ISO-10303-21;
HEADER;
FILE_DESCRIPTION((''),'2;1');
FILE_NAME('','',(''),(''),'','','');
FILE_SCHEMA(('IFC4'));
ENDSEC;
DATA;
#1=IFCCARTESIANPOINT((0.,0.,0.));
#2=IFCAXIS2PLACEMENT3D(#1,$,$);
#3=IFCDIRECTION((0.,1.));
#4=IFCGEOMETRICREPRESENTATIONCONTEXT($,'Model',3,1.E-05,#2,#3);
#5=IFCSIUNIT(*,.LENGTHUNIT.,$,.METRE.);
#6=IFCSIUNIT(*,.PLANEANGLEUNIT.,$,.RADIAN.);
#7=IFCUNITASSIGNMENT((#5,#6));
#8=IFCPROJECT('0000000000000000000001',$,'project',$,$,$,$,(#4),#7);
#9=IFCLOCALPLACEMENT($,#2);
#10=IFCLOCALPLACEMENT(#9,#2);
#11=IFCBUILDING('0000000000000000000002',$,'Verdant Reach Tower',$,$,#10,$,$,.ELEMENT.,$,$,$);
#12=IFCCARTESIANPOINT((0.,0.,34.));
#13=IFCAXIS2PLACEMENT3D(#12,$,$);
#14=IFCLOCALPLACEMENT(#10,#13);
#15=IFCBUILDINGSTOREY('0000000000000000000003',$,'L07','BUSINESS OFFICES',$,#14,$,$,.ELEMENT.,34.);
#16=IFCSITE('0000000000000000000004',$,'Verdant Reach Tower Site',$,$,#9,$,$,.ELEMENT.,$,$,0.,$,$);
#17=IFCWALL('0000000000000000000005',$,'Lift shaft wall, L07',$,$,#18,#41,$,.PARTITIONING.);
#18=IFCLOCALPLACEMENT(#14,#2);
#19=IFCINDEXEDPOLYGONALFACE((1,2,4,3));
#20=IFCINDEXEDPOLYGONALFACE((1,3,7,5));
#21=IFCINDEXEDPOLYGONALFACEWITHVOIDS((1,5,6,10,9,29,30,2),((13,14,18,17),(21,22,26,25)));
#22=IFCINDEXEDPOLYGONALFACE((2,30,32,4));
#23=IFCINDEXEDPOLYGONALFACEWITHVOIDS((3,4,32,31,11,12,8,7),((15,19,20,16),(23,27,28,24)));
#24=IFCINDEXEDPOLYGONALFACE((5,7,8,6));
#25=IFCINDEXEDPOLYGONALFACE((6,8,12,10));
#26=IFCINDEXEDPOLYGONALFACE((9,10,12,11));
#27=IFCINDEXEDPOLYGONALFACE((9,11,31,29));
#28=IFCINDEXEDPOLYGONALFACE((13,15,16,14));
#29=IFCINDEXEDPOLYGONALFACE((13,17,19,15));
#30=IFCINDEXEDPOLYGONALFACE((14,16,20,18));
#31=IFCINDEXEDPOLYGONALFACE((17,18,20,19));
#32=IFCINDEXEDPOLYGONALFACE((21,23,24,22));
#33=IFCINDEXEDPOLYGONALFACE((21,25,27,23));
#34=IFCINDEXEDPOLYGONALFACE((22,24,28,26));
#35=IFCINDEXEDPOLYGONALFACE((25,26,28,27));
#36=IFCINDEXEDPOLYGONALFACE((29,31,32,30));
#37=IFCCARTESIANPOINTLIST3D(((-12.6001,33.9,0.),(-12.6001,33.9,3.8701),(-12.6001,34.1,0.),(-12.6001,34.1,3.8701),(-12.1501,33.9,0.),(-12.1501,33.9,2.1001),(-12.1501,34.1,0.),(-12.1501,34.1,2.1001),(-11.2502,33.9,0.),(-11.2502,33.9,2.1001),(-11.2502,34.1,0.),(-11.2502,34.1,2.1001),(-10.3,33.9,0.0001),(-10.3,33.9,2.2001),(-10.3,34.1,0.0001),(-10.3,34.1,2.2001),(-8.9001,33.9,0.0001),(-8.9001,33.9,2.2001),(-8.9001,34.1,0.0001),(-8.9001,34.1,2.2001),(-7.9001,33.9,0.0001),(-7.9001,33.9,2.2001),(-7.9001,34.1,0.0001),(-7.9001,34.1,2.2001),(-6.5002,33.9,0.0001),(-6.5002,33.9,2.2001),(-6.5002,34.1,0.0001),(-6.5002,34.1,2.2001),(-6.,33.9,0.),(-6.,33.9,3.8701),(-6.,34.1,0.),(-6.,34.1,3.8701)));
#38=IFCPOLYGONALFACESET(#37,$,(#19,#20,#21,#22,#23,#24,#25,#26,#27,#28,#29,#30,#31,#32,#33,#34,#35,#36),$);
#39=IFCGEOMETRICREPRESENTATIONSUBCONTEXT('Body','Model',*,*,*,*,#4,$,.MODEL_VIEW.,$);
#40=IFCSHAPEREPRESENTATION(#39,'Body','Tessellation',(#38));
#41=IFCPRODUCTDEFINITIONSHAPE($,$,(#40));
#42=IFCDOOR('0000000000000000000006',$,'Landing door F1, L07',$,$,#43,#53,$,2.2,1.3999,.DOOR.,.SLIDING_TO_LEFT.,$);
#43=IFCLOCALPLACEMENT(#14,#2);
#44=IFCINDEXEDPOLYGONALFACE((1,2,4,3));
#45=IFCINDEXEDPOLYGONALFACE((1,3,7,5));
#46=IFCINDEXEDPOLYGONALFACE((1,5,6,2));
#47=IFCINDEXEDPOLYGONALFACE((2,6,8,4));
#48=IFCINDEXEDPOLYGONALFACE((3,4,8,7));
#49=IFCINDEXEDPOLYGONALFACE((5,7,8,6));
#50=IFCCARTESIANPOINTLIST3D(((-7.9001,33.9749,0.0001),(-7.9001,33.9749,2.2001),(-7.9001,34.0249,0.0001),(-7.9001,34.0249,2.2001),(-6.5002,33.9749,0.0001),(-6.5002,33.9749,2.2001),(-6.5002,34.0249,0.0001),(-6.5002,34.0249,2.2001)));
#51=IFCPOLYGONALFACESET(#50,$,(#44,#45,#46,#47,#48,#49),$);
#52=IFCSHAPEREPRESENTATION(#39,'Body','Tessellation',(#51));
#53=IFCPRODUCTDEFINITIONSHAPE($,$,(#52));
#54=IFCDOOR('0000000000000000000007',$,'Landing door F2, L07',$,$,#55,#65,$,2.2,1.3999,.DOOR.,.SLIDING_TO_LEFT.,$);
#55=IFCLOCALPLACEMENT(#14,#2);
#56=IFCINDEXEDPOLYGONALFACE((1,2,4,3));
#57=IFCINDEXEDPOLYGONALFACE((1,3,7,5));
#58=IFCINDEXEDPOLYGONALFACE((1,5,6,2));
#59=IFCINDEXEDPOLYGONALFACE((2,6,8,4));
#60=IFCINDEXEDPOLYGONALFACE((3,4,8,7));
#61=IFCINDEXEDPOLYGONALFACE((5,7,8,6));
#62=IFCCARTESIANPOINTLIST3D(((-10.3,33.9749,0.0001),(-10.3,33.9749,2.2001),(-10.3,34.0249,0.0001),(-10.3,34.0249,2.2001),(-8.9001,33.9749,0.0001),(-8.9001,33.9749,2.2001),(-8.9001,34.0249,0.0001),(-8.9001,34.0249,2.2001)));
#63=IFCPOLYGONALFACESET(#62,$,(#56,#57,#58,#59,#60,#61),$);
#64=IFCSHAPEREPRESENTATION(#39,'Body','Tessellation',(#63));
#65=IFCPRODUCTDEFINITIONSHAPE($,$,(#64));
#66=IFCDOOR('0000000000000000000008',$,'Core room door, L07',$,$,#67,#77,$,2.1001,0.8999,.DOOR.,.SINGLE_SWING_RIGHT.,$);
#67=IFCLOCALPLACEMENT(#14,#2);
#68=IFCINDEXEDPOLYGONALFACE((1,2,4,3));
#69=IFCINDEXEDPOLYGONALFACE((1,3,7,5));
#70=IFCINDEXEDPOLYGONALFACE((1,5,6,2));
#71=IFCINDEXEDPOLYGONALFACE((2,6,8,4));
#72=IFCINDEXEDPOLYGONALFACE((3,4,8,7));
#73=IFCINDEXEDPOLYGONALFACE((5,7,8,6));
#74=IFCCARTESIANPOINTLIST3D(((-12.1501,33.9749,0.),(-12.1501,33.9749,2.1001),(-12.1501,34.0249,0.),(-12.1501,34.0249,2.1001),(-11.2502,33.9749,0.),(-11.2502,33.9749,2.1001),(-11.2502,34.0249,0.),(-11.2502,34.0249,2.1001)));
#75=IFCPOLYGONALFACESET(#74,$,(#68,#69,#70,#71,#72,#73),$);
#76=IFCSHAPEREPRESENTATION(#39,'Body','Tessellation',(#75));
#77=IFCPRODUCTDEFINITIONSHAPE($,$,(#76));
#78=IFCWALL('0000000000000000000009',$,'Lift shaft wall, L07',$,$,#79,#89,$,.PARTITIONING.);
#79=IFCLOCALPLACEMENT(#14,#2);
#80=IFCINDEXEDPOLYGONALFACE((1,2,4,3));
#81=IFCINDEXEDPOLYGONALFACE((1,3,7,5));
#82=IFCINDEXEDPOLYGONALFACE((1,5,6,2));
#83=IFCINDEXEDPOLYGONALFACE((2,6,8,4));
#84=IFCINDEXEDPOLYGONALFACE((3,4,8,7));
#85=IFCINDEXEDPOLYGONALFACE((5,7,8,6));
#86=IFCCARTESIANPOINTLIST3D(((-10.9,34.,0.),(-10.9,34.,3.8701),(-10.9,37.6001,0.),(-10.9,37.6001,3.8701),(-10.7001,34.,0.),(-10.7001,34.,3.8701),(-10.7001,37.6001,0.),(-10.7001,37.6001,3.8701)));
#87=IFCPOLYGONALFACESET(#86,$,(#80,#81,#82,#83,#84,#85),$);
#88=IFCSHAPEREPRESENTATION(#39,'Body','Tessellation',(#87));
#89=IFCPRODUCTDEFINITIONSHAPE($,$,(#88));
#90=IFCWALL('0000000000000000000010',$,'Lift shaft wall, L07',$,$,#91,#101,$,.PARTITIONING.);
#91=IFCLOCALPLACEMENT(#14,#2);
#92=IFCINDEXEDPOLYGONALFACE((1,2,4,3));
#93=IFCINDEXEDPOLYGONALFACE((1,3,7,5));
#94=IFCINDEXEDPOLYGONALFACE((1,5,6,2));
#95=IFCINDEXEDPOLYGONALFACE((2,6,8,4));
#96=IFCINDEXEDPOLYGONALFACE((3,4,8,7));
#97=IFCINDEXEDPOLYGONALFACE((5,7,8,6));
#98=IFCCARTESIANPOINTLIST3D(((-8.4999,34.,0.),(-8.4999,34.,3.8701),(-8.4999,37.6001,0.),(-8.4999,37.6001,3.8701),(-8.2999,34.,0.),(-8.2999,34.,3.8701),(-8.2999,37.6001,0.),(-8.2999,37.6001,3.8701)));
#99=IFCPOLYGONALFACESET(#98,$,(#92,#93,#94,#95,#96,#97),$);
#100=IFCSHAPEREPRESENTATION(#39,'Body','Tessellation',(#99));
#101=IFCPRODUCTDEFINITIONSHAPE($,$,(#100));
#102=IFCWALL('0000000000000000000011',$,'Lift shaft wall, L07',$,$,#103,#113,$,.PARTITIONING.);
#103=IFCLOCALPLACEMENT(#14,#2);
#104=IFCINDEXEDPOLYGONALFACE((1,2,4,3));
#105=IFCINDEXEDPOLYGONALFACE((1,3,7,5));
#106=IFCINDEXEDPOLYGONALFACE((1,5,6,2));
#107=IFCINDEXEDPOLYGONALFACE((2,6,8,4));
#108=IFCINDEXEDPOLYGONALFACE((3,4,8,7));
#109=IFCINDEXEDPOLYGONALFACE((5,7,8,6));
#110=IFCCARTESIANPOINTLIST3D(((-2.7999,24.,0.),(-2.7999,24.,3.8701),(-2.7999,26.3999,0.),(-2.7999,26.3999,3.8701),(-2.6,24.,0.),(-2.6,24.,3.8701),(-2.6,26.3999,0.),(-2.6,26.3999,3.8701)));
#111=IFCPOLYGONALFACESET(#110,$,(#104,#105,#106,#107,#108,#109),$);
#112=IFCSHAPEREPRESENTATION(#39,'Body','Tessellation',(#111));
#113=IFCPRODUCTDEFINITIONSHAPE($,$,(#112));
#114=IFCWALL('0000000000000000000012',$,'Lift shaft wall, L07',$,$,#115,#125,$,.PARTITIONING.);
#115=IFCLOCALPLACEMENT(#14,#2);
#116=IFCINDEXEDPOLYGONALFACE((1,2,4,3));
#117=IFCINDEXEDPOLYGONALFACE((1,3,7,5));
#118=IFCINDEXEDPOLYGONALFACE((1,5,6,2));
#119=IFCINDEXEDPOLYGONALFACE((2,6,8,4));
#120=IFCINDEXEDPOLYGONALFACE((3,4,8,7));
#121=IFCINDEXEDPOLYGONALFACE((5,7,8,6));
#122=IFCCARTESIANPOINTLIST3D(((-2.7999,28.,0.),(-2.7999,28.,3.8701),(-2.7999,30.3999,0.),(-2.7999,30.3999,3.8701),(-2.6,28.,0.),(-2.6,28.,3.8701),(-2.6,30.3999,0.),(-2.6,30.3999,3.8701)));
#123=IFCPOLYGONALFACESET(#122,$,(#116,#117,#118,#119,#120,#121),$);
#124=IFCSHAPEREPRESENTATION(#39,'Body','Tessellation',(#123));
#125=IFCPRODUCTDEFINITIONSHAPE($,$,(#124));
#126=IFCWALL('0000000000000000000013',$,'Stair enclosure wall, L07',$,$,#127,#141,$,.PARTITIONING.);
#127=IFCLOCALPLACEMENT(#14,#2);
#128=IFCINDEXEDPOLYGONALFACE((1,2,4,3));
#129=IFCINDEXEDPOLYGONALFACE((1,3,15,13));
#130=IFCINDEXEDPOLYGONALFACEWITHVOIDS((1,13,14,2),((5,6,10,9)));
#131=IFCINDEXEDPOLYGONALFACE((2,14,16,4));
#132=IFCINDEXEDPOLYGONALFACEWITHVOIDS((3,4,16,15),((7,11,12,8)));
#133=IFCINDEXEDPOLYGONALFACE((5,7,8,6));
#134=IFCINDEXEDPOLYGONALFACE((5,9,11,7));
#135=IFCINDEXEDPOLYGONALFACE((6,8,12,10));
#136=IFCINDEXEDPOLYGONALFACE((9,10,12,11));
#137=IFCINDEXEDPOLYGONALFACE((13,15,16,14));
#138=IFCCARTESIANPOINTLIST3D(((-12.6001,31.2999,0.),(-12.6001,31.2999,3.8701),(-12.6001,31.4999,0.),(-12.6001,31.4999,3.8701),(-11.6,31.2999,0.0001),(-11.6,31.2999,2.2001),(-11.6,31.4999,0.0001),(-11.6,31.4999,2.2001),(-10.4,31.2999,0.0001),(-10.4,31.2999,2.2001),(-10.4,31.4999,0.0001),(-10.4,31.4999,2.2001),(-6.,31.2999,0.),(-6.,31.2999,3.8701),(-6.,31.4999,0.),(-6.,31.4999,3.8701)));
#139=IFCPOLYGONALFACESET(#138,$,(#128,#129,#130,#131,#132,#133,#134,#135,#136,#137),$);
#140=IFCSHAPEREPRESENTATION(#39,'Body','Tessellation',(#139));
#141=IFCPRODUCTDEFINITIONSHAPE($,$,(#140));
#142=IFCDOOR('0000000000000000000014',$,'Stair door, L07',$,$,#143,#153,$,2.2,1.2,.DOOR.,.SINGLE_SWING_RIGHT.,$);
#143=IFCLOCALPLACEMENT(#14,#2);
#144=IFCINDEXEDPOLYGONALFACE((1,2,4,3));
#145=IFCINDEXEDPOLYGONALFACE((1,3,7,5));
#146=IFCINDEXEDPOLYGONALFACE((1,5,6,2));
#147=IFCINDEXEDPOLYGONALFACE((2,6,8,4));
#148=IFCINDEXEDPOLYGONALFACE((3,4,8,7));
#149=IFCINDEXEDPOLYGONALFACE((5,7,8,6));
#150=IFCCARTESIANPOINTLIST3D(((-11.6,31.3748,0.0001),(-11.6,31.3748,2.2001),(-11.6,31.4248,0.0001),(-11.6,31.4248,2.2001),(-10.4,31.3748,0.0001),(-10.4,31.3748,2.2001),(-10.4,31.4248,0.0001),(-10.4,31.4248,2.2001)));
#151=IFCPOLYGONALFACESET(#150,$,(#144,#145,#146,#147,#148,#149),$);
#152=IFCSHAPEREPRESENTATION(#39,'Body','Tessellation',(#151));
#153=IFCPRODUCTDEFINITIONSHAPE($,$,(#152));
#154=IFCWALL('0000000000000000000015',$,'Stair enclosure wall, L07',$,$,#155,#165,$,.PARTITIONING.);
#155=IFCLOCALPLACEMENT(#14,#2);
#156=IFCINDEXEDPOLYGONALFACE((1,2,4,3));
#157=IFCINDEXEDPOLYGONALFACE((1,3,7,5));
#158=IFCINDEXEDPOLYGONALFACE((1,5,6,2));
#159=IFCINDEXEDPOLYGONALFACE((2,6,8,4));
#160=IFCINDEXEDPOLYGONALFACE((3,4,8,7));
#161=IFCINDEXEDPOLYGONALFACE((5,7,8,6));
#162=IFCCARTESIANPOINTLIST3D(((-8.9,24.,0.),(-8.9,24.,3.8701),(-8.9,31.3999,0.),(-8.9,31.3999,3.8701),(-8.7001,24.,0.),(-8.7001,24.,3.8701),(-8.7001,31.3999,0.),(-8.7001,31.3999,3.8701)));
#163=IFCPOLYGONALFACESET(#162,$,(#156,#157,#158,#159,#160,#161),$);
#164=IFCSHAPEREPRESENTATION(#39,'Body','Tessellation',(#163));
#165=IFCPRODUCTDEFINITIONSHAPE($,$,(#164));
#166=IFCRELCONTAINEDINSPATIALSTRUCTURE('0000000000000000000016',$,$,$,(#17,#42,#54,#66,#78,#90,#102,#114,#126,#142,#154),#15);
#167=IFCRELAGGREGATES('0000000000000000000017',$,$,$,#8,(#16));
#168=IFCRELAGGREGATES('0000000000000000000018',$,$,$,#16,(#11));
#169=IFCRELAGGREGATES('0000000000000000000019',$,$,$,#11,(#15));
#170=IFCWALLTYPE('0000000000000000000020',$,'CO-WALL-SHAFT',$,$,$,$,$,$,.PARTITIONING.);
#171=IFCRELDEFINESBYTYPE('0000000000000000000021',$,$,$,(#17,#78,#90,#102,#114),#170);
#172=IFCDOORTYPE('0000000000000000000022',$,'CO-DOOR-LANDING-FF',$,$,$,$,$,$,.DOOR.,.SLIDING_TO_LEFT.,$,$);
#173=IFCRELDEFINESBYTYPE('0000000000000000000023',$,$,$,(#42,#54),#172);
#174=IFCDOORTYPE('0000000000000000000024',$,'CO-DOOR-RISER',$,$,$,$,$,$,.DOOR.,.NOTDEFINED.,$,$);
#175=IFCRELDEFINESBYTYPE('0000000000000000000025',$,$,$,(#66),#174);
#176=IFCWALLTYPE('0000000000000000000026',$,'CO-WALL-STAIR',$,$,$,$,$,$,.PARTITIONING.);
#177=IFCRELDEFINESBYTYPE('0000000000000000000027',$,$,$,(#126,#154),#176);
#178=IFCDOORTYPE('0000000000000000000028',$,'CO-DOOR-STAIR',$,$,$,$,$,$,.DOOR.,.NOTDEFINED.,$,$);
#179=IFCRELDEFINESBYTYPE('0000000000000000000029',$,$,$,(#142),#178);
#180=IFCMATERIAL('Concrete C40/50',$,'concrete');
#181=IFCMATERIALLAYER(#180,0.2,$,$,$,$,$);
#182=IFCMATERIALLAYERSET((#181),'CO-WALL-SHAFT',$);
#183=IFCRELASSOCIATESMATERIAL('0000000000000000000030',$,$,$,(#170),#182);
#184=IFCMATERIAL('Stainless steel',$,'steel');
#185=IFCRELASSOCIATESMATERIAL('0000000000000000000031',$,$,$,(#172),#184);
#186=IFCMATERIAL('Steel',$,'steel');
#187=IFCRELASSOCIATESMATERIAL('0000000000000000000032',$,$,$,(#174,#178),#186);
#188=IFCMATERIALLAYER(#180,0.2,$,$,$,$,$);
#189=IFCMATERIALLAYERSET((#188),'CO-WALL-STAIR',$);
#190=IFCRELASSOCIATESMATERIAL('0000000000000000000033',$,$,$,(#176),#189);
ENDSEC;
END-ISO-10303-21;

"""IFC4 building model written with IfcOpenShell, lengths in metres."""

from ifc_helpers import new_model, si_unit, direction, frame, frame_2d, origin, place, context, subcontext, project, spatial, rectangle, extrude, material, layer, layer_set, type_object, element, fill, save


model = new_model("IFC4")

# Units and contexts
model_context = context("Model", 3, precision=1e-05, world=origin(), true_north=direction((0.0, 1.0)))
body_context = subcontext(model_context, "Body", "Model", "MODEL_VIEW")
ifc_project = project(units=[si_unit("LENGTHUNIT", "METRE"), si_unit("PLANEANGLEUNIT", "RADIAN")], contexts=[model_context])

# Site, building, storey
site_placement = place(None, origin())
site = spatial("IfcSite", under=ifc_project, at=site_placement, Name="Verdant Reach Tower Site", CompositionType="ELEMENT", RefElevation=0.0)
building_placement = place(site_placement, origin())
building = spatial("IfcBuilding", under=site, at=building_placement, Name="Verdant Reach Tower", CompositionType="ELEMENT")
storey_placement = place(building_placement, frame((0.0, 0.0, 34.0)))
storey = spatial("IfcBuildingStorey", under=building, at=storey_placement, Name="L07", Description="BUSINESS OFFICES", CompositionType="ELEMENT", Elevation=34.0)

# Shared definitions
ifc_material_1 = material(Name="Concrete C40/50", Category="concrete")
ifc_layer_1 = layer(ifc_material_1, 0.2)
ifc_layer_set_1 = layer_set([ifc_layer_1], Name="CO-WALL-SHAFT")
wall_type_1 = type_object("IfcWallType", Name="CO-WALL-SHAFT", PredefinedType="PARTITIONING", material=ifc_layer_set_1)
ifc_material_2 = material(Name="Stainless steel", Category="steel")

# Wall, openings, doors
wall_1_placement = place(storey_placement, frame((-12.6001, 34.0, 0.0), z_axis=(0.0, 0.0, 1.0), x_axis=(1.0, 0.0, 0.0)))
wall_1 = element("IfcWall", 1, at=wall_1_placement, inside=storey, type_object=wall_type_1, Name="Lift shaft wall, L07", PredefinedType="PARTITIONING", context=body_context, shape_type="SweptSolid", body=[
    extrude(rectangle(XDim=6.6001, YDim=0.2, at=frame_2d((3.3, 0.0))), origin(), (0.0, 0.0, 1.0), 3.8701),
])
opening_1_placement = place(wall_1_placement, frame((4.7, 0.0, 0.0)))
opening_1 = element("IfcOpeningElement", 2, at=opening_1_placement, cuts=wall_1, PredefinedType="OPENING", context=body_context, shape_type="SweptSolid", body=[
    extrude(rectangle(XDim=1.3999, YDim=2.2, at=frame_2d((0.7, 1.1001))), frame((0.0, 0.1099, 0.0), z_axis=(0.0, -1.0, 0.0), x_axis=(1.0, 0.0, 0.0)), (0.0, 0.0, 1.0), 0.22),
])
opening_2_placement = place(wall_1_placement, frame((2.3, 0.0, 0.0)))
opening_2 = element("IfcOpeningElement", 3, at=opening_2_placement, cuts=wall_1, PredefinedType="OPENING", context=body_context, shape_type="SweptSolid", body=[
    extrude(rectangle(XDim=1.3999, YDim=2.2, at=frame_2d((0.7, 1.1001))), frame((0.0, 0.1099, 0.0), z_axis=(0.0, -1.0, 0.0), x_axis=(1.0, 0.0, 0.0)), (0.0, 0.0, 1.0), 0.22),
])
opening_3_placement = place(wall_1_placement, frame((0.45, 0.0, 0.0)))
opening_3 = element("IfcOpeningElement", 4, at=opening_3_placement, cuts=wall_1, PredefinedType="OPENING", context=body_context, shape_type="SweptSolid", body=[
    extrude(rectangle(XDim=0.8999, YDim=2.1001, at=frame_2d((0.45, 1.05))), frame((0.0, 0.1099, 0.0), z_axis=(0.0, -1.0, 0.0), x_axis=(1.0, 0.0, 0.0)), (0.0, 0.0, 1.0), 0.22),
])
door_type_1 = type_object("IfcDoorType", Name="CO-DOOR-LANDING-FF", OperationType="SLIDING_TO_LEFT", PredefinedType="DOOR", material=ifc_material_2)
door_1_placement = place(opening_1_placement, origin())
door_1 = element("IfcDoor", 5, at=door_1_placement, inside=storey, type_object=door_type_1, Name="Landing door F1, L07", OperationType="SLIDING_TO_LEFT", OverallHeight=2.2, OverallWidth=1.3999, PredefinedType="DOOR", context=body_context, shape_type="SweptSolid", body=[
    extrude(rectangle(XDim=1.3999, YDim=2.2, at=frame_2d((0.7, 1.1001))), frame((0.0, 0.0249, 0.0), z_axis=(0.0, -1.0, 0.0), x_axis=(1.0, 0.0, 0.0)), (0.0, 0.0, 1.0), 0.05),
])
fill(opening_1, door_1)
door_2_placement = place(opening_2_placement, origin())
door_2 = element("IfcDoor", 6, at=door_2_placement, inside=storey, type_object=door_type_1, Name="Landing door F2, L07", OperationType="SLIDING_TO_LEFT", OverallHeight=2.2, OverallWidth=1.3999, PredefinedType="DOOR", context=body_context, shape_type="SweptSolid", body=[
    extrude(rectangle(XDim=1.3999, YDim=2.2, at=frame_2d((0.7, 1.1001))), frame((0.0, 0.0249, 0.0), z_axis=(0.0, -1.0, 0.0), x_axis=(1.0, 0.0, 0.0)), (0.0, 0.0, 1.0), 0.05),
])
fill(opening_2, door_2)
ifc_material_3 = material(Name="Steel", Category="steel")
door_type_2 = type_object("IfcDoorType", Name="CO-DOOR-RISER", OperationType="NOTDEFINED", PredefinedType="DOOR", material=ifc_material_3)
door_3_placement = place(opening_3_placement, origin())
door_3 = element("IfcDoor", 7, at=door_3_placement, inside=storey, type_object=door_type_2, Name="Core room door, L07", OperationType="SINGLE_SWING_RIGHT", OverallHeight=2.1001, OverallWidth=0.8999, PredefinedType="DOOR", context=body_context, shape_type="SweptSolid", body=[
    extrude(rectangle(XDim=0.8999, YDim=2.1001, at=frame_2d((0.45, 1.05))), frame((0.0, 0.0249, 0.0), z_axis=(0.0, -1.0, 0.0), x_axis=(1.0, 0.0, 0.0)), (0.0, 0.0, 1.0), 0.05),
])
fill(opening_3, door_3)

# Walls
for number, where, z_axis, x_axis, name in (
    (8, (-10.8, 34.0, 0.0), (0.0, 0.0, 1.0), (0.0, 1.0, 0.0), "Lift shaft wall, L07"),
    (9, (-8.3999, 34.0, 0.0), (0.0, 0.0, 1.0), (0.0, 1.0, 0.0), "Lift shaft wall, L07"),
):
    element("IfcWall", number, at=place(storey_placement, frame(where, z_axis=z_axis, x_axis=x_axis)), inside=storey, type_object=wall_type_1, Name=name, PredefinedType="PARTITIONING", context=body_context, shape_type="SweptSolid", body=[
        extrude(rectangle(XDim=3.6001, YDim=0.2, at=frame_2d((1.8, 0.0))), origin(), (0.0, 0.0, 1.0), 3.8701),
    ])
for number, where, z_axis, x_axis, name in (
    (10, (-2.7, 24.0, 0.0), (0.0, 0.0, 1.0), (0.0, 1.0, 0.0), "Lift shaft wall, L07"),
    (11, (-2.7, 28.0, 0.0), (0.0, 0.0, 1.0), (0.0, 1.0, 0.0), "Lift shaft wall, L07"),
):
    element("IfcWall", number, at=place(storey_placement, frame(where, z_axis=z_axis, x_axis=x_axis)), inside=storey, type_object=wall_type_1, Name=name, PredefinedType="PARTITIONING", context=body_context, shape_type="SweptSolid", body=[
        extrude(rectangle(XDim=2.3999, YDim=0.2, at=frame_2d((1.2, 0.0))), origin(), (0.0, 0.0, 1.0), 3.8701),
    ])

# Wall, opening, door
ifc_layer_2 = layer(ifc_material_1, 0.2)
ifc_layer_set_2 = layer_set([ifc_layer_2], Name="CO-WALL-STAIR")
wall_type_2 = type_object("IfcWallType", Name="CO-WALL-STAIR", PredefinedType="PARTITIONING", material=ifc_layer_set_2)
wall_2_placement = place(storey_placement, frame((-12.6001, 31.3999, 0.0), z_axis=(0.0, 0.0, 1.0), x_axis=(1.0, 0.0, 0.0)))
wall_2 = element("IfcWall", 12, at=wall_2_placement, inside=storey, type_object=wall_type_2, Name="Stair enclosure wall, L07", PredefinedType="PARTITIONING", context=body_context, shape_type="SweptSolid", body=[
    extrude(rectangle(XDim=6.6001, YDim=0.2, at=frame_2d((3.3, 0.0))), origin(), (0.0, 0.0, 1.0), 3.8701),
])
opening_4_placement = place(wall_2_placement, frame((1.0, 0.0, 0.0)))
opening_4 = element("IfcOpeningElement", 13, at=opening_4_placement, cuts=wall_2, PredefinedType="OPENING", context=body_context, shape_type="SweptSolid", body=[
    extrude(rectangle(XDim=1.2, YDim=2.2, at=frame_2d((0.6001, 1.1001))), frame((0.0, 0.1099, 0.0), z_axis=(0.0, -1.0, 0.0), x_axis=(1.0, 0.0, 0.0)), (0.0, 0.0, 1.0), 0.22),
])
door_type_3 = type_object("IfcDoorType", Name="CO-DOOR-STAIR", OperationType="NOTDEFINED", PredefinedType="DOOR", material=ifc_material_3)
door_4_placement = place(opening_4_placement, origin())
door_4 = element("IfcDoor", 14, at=door_4_placement, inside=storey, type_object=door_type_3, Name="Stair door, L07", OperationType="SINGLE_SWING_RIGHT", OverallHeight=2.2, OverallWidth=1.2, PredefinedType="DOOR", context=body_context, shape_type="SweptSolid", body=[
    extrude(rectangle(XDim=1.2, YDim=2.2, at=frame_2d((0.6001, 1.1001))), frame((0.0, 0.0249, 0.0), z_axis=(0.0, -1.0, 0.0), x_axis=(1.0, 0.0, 0.0)), (0.0, 0.0, 1.0), 0.05),
])
fill(opening_4, door_4)

# Wall
wall_3_placement = place(storey_placement, frame((-8.8, 24.0, 0.0), z_axis=(0.0, 0.0, 1.0), x_axis=(0.0, 1.0, 0.0)))
element("IfcWall", 15, at=wall_3_placement, inside=storey, type_object=wall_type_2, Name="Stair enclosure wall, L07", PredefinedType="PARTITIONING", context=body_context, shape_type="SweptSolid", body=[
    extrude(rectangle(XDim=7.3999, YDim=0.2, at=frame_2d((3.7, 0.0))), origin(), (0.0, 0.0, 1.0), 3.8701),
])

save(model, "model.ifc")
